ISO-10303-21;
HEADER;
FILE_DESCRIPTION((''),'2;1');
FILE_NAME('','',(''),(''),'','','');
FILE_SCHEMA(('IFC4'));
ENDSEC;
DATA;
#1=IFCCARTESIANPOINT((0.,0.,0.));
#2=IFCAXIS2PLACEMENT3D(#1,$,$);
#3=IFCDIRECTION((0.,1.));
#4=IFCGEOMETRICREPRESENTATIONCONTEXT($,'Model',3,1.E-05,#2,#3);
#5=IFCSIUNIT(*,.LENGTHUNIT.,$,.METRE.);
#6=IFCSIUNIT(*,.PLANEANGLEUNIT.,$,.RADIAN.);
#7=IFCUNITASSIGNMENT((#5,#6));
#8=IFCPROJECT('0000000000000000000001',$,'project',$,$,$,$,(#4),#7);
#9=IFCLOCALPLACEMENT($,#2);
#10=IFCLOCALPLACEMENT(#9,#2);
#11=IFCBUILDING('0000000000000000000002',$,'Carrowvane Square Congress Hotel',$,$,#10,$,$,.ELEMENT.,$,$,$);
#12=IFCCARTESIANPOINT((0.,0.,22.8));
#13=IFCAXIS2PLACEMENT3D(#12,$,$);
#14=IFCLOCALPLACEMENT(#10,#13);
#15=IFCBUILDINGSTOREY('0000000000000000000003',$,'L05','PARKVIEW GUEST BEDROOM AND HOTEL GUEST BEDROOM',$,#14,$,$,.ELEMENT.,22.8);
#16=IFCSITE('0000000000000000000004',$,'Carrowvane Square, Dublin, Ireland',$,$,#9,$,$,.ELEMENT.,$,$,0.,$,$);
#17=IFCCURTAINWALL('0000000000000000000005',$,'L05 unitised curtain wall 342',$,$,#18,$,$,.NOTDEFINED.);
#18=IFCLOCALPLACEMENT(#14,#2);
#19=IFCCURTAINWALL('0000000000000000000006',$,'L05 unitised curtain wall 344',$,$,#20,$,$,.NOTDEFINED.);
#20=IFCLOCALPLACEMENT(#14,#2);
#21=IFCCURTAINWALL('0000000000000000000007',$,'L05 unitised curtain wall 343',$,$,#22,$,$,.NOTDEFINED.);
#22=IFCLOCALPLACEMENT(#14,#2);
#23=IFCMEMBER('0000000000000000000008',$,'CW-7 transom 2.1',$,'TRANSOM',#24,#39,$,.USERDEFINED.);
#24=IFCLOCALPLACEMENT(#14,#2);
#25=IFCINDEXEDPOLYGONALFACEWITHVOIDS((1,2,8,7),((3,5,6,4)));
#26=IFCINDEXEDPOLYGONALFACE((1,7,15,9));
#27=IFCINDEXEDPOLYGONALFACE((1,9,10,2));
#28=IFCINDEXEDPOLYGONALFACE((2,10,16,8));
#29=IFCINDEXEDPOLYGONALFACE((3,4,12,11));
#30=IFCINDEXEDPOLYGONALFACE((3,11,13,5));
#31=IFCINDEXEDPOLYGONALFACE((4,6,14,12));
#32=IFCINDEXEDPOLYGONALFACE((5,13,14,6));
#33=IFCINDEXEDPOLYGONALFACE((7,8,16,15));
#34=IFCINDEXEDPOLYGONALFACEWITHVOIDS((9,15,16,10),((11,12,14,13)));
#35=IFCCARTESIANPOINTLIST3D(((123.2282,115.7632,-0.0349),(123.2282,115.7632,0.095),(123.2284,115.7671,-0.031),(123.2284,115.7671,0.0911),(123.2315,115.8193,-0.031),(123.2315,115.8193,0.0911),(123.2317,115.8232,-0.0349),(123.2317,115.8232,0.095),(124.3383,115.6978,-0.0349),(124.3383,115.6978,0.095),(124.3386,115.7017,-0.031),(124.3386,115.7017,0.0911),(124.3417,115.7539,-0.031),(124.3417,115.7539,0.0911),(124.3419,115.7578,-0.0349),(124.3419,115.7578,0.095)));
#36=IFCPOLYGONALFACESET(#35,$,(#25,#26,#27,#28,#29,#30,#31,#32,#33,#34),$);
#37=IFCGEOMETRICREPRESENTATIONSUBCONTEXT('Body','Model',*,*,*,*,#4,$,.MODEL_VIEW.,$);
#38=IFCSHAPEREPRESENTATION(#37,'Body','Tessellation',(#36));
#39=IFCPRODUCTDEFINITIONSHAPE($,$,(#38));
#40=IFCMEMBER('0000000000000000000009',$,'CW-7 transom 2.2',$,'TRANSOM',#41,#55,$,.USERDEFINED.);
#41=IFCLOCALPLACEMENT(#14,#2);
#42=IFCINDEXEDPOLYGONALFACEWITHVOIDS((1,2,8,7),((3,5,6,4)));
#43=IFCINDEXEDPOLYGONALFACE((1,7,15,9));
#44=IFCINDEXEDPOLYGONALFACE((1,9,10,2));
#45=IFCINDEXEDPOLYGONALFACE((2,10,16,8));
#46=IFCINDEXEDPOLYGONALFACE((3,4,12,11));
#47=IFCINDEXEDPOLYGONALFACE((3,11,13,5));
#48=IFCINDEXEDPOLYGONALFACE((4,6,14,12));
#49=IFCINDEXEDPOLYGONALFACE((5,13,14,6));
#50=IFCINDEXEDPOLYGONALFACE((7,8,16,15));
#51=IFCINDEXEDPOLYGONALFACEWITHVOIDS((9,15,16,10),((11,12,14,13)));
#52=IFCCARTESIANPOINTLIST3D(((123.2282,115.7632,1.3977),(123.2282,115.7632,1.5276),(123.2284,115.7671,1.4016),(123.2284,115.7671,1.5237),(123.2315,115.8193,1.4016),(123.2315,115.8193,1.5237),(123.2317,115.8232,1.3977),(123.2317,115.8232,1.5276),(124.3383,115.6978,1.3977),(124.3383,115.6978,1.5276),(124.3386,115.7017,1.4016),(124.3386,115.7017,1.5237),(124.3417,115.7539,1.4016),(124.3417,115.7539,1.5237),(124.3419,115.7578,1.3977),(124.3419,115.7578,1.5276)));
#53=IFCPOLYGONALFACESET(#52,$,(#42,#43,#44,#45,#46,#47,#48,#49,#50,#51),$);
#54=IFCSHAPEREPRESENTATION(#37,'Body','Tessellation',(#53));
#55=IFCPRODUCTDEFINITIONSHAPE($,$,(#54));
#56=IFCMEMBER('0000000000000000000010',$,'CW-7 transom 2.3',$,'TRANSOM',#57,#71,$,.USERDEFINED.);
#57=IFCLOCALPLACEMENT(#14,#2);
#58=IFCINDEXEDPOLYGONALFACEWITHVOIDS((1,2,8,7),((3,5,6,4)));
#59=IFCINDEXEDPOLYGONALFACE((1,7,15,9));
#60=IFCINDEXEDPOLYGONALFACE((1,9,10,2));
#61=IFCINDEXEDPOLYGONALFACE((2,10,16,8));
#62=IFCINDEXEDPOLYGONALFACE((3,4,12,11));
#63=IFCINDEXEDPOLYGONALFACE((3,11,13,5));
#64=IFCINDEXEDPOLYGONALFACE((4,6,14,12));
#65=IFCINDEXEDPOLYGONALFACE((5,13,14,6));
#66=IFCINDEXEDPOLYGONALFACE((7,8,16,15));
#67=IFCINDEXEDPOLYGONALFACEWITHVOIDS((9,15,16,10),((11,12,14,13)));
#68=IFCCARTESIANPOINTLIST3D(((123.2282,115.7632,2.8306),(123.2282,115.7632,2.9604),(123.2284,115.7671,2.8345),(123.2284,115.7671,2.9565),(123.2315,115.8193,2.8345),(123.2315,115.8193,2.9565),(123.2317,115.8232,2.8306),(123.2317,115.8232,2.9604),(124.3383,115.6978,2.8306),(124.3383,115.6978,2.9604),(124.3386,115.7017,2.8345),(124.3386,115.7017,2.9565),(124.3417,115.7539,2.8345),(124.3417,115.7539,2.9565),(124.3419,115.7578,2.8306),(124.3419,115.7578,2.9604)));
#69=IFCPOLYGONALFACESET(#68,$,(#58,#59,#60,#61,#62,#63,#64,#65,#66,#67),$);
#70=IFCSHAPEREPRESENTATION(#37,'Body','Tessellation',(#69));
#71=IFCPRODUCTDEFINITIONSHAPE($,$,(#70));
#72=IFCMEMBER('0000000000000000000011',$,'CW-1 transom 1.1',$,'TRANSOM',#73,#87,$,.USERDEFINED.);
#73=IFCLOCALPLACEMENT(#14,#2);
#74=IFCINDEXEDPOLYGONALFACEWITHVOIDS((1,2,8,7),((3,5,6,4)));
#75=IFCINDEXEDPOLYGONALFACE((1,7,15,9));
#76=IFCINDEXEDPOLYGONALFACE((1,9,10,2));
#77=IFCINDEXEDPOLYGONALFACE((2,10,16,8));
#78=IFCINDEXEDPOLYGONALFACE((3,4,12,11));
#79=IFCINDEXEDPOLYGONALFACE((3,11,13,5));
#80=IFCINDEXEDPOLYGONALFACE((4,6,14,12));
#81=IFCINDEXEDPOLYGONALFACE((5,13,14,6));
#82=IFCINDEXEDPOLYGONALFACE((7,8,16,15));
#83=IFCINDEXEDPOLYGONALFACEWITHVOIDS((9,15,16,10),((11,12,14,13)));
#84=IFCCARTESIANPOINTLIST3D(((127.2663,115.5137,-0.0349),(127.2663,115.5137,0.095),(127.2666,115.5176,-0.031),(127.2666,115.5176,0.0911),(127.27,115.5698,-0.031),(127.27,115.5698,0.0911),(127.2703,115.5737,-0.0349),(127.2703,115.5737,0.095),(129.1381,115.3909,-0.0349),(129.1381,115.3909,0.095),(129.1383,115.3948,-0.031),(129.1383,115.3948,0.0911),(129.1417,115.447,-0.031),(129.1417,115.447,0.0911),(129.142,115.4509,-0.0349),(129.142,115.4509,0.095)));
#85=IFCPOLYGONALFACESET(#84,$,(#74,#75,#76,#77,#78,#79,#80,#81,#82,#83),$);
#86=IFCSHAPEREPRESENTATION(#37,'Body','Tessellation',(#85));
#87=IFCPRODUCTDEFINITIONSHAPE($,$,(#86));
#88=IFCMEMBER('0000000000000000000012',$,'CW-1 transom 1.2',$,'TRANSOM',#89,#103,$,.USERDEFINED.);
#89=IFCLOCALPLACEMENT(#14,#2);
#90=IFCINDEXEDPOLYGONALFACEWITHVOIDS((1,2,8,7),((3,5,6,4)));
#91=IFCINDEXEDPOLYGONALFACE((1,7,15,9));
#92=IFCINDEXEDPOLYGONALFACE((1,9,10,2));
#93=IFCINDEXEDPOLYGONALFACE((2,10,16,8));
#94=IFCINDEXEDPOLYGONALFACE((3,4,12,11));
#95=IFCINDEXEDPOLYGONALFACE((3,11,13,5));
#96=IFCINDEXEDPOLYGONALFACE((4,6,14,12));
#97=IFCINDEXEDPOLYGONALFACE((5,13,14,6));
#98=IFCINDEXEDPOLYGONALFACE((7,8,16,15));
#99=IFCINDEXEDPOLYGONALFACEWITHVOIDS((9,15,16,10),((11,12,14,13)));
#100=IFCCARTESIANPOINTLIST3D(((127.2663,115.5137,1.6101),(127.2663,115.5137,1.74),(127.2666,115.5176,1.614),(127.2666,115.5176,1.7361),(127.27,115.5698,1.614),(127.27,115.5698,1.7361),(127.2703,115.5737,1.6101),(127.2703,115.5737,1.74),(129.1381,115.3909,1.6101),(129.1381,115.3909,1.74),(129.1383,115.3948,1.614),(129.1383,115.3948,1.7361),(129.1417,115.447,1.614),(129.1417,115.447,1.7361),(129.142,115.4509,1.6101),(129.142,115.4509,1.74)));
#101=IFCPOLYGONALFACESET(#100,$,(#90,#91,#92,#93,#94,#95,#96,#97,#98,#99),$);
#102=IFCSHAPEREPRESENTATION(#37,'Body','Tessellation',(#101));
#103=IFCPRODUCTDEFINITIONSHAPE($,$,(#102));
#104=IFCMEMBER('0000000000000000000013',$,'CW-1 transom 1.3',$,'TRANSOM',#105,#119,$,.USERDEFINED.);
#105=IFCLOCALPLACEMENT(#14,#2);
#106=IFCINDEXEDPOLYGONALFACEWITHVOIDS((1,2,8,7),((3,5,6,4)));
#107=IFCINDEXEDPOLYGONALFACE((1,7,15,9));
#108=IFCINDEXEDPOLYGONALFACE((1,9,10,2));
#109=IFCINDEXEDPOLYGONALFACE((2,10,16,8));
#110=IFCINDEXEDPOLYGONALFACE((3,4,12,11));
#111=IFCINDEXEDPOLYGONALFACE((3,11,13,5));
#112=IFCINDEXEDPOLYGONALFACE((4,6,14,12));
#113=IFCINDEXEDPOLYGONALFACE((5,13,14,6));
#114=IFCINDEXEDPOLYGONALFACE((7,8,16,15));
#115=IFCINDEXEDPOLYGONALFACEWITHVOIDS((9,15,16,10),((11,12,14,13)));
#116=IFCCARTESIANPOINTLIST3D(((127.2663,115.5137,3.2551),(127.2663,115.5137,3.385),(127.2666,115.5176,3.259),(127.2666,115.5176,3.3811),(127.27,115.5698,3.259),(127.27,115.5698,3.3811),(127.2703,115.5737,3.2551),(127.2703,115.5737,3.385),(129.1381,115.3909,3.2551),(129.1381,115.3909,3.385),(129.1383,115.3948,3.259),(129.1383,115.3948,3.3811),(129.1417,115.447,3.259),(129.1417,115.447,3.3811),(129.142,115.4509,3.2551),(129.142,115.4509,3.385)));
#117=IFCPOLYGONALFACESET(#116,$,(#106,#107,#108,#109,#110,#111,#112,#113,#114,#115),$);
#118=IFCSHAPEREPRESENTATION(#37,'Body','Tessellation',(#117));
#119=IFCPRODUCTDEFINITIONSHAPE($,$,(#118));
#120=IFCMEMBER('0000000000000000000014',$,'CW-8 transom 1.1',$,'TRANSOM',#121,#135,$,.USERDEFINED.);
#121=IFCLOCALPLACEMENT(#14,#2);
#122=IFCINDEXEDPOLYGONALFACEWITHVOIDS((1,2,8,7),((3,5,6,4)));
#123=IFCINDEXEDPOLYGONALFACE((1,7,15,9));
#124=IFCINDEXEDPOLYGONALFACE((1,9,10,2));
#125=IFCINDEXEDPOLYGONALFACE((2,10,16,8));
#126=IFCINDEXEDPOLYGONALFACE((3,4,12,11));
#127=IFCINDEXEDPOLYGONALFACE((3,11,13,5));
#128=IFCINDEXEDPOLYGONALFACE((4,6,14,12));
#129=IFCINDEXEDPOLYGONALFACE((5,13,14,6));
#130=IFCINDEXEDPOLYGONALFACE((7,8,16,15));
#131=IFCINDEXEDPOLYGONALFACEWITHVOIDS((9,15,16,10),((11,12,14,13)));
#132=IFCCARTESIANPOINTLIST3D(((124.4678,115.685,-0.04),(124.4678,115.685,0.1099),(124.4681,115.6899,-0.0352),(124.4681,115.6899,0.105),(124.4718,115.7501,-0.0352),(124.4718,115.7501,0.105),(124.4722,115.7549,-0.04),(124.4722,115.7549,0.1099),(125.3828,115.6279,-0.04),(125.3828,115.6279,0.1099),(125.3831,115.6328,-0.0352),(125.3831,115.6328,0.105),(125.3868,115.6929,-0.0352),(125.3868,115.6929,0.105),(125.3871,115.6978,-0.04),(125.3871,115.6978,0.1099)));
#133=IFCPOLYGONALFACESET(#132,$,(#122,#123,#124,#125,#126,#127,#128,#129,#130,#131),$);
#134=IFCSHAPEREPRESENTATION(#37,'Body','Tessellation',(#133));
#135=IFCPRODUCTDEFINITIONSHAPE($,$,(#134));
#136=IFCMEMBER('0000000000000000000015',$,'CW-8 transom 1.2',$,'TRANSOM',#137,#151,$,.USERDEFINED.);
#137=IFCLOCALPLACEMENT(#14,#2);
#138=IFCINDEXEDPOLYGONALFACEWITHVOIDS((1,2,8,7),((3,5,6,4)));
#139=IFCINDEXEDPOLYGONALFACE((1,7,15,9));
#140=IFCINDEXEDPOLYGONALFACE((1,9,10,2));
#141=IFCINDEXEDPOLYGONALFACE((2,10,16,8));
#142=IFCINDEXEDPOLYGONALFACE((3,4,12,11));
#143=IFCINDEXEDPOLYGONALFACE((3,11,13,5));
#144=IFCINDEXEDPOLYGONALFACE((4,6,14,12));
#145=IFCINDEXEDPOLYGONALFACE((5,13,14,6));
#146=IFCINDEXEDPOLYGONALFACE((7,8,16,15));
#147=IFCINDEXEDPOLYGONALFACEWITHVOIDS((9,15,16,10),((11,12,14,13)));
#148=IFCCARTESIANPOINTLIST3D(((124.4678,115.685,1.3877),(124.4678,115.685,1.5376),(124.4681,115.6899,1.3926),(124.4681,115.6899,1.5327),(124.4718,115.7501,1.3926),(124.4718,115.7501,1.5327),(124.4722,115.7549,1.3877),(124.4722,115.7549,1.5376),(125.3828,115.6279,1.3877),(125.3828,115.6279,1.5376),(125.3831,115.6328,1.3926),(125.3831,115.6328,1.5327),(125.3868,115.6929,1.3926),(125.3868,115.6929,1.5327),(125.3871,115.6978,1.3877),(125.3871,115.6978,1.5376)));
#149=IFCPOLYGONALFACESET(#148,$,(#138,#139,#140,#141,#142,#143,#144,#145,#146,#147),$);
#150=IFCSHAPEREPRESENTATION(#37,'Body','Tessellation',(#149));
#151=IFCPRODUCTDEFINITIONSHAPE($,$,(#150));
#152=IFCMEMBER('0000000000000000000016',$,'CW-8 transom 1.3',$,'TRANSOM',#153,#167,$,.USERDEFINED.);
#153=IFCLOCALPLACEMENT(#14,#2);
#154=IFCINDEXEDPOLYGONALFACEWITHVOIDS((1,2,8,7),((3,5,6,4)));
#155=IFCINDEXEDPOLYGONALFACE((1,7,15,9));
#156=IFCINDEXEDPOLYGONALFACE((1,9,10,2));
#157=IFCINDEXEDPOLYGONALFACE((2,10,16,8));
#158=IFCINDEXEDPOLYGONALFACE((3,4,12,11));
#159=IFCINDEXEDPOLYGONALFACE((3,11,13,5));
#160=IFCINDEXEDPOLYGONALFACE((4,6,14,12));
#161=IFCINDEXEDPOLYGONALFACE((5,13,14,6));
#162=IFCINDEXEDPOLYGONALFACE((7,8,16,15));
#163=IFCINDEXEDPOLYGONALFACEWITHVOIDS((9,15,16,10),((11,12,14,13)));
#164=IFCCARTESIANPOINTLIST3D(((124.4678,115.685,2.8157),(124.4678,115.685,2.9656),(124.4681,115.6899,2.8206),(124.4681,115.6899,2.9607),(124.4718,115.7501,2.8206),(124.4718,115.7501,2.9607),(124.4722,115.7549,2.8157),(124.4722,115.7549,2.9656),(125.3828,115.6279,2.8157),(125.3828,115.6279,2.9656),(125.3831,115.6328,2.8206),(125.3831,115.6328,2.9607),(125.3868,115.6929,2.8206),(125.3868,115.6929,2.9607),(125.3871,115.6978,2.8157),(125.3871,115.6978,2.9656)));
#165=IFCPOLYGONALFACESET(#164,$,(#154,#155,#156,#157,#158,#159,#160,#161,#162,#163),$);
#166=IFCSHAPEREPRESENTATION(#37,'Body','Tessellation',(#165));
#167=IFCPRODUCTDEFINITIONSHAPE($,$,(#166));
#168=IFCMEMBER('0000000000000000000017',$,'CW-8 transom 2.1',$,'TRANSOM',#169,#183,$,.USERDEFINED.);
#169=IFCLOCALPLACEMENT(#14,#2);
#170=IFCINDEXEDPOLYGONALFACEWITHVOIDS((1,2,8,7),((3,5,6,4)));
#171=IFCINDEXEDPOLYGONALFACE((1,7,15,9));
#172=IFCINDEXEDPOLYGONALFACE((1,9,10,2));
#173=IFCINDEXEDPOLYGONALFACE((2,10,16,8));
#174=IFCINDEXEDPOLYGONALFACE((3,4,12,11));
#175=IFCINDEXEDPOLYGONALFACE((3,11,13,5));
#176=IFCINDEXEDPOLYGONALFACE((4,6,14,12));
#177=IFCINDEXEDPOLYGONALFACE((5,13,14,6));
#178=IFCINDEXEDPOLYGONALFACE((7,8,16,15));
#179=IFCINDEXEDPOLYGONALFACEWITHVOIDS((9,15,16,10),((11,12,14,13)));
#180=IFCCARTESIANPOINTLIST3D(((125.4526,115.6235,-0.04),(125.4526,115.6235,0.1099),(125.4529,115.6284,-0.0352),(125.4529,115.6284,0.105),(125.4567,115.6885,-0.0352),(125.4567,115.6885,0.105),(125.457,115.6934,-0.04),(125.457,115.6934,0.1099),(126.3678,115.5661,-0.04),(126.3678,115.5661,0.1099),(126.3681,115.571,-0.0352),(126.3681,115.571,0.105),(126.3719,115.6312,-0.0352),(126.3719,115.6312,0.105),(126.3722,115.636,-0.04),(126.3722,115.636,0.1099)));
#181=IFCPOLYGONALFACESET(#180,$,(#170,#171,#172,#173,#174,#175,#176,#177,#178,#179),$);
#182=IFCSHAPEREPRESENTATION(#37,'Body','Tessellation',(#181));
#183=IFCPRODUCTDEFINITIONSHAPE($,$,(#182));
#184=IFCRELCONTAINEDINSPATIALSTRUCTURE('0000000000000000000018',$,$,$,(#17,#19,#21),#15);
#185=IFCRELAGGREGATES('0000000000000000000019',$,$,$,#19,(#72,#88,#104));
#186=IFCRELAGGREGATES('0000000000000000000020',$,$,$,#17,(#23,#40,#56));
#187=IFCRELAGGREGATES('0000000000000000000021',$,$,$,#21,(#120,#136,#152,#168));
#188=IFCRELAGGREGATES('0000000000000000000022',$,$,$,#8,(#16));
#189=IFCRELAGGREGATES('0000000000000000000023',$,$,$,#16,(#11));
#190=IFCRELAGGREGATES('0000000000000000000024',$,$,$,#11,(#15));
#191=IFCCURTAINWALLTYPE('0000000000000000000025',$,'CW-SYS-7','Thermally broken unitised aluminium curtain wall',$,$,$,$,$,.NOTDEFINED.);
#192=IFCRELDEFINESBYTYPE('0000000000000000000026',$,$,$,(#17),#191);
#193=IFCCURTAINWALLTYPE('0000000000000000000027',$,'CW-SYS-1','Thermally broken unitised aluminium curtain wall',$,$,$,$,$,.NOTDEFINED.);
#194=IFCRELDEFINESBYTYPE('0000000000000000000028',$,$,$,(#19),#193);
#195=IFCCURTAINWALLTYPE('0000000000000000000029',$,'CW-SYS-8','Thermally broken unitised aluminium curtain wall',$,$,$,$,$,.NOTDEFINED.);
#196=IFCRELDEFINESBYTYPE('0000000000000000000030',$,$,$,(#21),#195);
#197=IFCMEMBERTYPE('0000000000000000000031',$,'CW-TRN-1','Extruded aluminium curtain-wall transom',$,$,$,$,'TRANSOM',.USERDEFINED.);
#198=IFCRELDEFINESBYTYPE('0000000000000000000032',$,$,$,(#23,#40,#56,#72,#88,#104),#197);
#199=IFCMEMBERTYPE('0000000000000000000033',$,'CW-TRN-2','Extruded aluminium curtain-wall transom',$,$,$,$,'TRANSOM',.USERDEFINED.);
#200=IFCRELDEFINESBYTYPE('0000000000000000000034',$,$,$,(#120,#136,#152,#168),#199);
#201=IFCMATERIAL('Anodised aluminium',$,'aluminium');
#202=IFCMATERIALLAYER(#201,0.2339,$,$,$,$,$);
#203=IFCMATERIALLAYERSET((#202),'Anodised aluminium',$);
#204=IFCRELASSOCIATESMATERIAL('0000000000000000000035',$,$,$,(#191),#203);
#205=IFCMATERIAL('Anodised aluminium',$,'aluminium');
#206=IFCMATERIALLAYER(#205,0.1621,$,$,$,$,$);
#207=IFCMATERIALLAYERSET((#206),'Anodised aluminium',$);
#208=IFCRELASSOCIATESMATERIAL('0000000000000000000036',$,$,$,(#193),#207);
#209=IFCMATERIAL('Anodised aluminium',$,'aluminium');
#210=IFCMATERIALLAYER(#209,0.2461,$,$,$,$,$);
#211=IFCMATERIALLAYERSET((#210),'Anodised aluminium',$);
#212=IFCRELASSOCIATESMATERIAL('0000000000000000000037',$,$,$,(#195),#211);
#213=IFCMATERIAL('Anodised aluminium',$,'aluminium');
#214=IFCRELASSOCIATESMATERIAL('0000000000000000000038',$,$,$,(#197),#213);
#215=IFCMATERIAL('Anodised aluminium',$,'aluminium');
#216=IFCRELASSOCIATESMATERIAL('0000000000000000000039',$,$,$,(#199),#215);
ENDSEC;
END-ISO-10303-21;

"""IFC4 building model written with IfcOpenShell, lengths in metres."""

from ifc_helpers import new_model, si_unit, direction, frame, origin, origin_2d, place, context, subcontext, project, spatial, hollow_rectangle, extrude, material, layer, layer_set, material_profile, profile_set, type_object, element, aggregate, save


model = new_model("IFC4")

# Units and contexts
model_context = context("Model", 3, precision=1e-05, world=origin(), true_north=direction((0.0, 1.0)))
body_context = subcontext(model_context, "Body", "Model", "MODEL_VIEW")
ifc_project = project(units=[si_unit("LENGTHUNIT", "METRE"), si_unit("PLANEANGLEUNIT", "RADIAN")], contexts=[model_context])

# Site, building, storey
site_placement = place(None, origin())
site = spatial("IfcSite", under=ifc_project, at=site_placement, Name="Carrowvane Square, Dublin, Ireland", CompositionType="ELEMENT", RefElevation=0.0)
building_placement = place(site_placement, origin())
building = spatial("IfcBuilding", under=site, at=building_placement, Name="Carrowvane Square Congress Hotel", CompositionType="ELEMENT")
storey_placement = place(building_placement, frame((0.0, 0.0, 22.8)))
storey = spatial("IfcBuildingStorey", under=building, at=storey_placement, Name="L05", Description="PARKVIEW GUEST BEDROOM AND HOTEL GUEST BEDROOM", CompositionType="ELEMENT", Elevation=22.8)

# Curtain wall
ifc_material_1 = material(Name="Anodised aluminium", Category="aluminium")
ifc_layer_1 = layer(ifc_material_1, 0.2339)
ifc_layer_set_1 = layer_set([ifc_layer_1], Name="Anodised aluminium")
curtain_wall_type_1 = type_object("IfcCurtainWallType", Name="CW-SYS-7", Description="Thermally broken unitised aluminium curtain wall", PredefinedType="NOTDEFINED", material=ifc_layer_set_1)
curtain_wall_1_placement = place(storey_placement, origin())
curtain_wall_1 = element("IfcCurtainWall", 1, at=curtain_wall_1_placement, inside=storey, type_object=curtain_wall_type_1, Name="L05 unitised curtain wall 342", PredefinedType="NOTDEFINED")

# Curtain wall
ifc_material_2 = material(Name="Anodised aluminium", Category="aluminium")
ifc_layer_2 = layer(ifc_material_2, 0.1621)
ifc_layer_set_2 = layer_set([ifc_layer_2], Name="Anodised aluminium")
curtain_wall_type_2 = type_object("IfcCurtainWallType", Name="CW-SYS-1", Description="Thermally broken unitised aluminium curtain wall", PredefinedType="NOTDEFINED", material=ifc_layer_set_2)
curtain_wall_2_placement = place(storey_placement, origin())
curtain_wall_2 = element("IfcCurtainWall", 2, at=curtain_wall_2_placement, inside=storey, type_object=curtain_wall_type_2, Name="L05 unitised curtain wall 344", PredefinedType="NOTDEFINED")

# Curtain wall
ifc_material_3 = material(Name="Anodised aluminium", Category="aluminium")
ifc_layer_3 = layer(ifc_material_3, 0.2461)
ifc_layer_set_3 = layer_set([ifc_layer_3], Name="Anodised aluminium")
curtain_wall_type_3 = type_object("IfcCurtainWallType", Name="CW-SYS-8", Description="Thermally broken unitised aluminium curtain wall", PredefinedType="NOTDEFINED", material=ifc_layer_set_3)
curtain_wall_3_placement = place(storey_placement, origin())
curtain_wall_3 = element("IfcCurtainWall", 3, at=curtain_wall_3_placement, inside=storey, type_object=curtain_wall_type_3, Name="L05 unitised curtain wall 343", PredefinedType="NOTDEFINED")

# Members
ifc_material_4 = material(Name="Anodised aluminium", Category="aluminium")
ifc_material_profile_1 = material_profile(ifc_material_4, hollow_rectangle(XDim=0.0601, YDim=0.1299, WallThickness=0.0039, at=origin_2d()), Name="CW-TR 60x130x4")
ifc_profile_set_1 = profile_set([ifc_material_profile_1], Name="Anodised aluminium")
member_type_1 = type_object("IfcMemberType", Name="CW-TRN-1", Description="Extruded aluminium curtain-wall transom", ElementType="TRANSOM", PredefinedType="USERDEFINED", material=ifc_profile_set_1)
member_1_placement = place(storey_placement, frame((123.23, 115.7932, 0.03), z_axis=(0.998268, -0.058838, 0.0), x_axis=(0.058838, 0.998268, 0.0)))
member_1 = element("IfcMember", 4, at=member_1_placement, type_object=member_type_1, Name="CW-7 transom 2.1", ObjectType="TRANSOM", PredefinedType="USERDEFINED", context=body_context, shape_type="SweptSolid", body=[
    extrude(hollow_rectangle(XDim=0.0601, YDim=0.1299, WallThickness=0.0039, at=origin_2d()), origin(), (0.0, 0.0, 1.0), 1.1121),
])
member_2_placement = place(storey_placement, frame((123.23, 115.7932, 1.4626), z_axis=(0.998268, -0.058838, 0.0), x_axis=(0.058838, 0.998268, 0.0)))
member_2 = element("IfcMember", 5, at=member_2_placement, type_object=member_type_1, Name="CW-7 transom 2.2", ObjectType="TRANSOM", PredefinedType="USERDEFINED", context=body_context, shape_type="SweptSolid", body=[
    extrude(hollow_rectangle(XDim=0.0601, YDim=0.1299, WallThickness=0.0039, at=origin_2d()), origin(), (0.0, 0.0, 1.0), 1.1121),
])
member_3_placement = place(storey_placement, frame((123.23, 115.7932, 2.8955), z_axis=(0.998268, -0.058838, 0.0), x_axis=(0.058838, 0.998268, 0.0)))
member_3 = element("IfcMember", 6, at=member_3_placement, type_object=member_type_1, Name="CW-7 transom 2.3", ObjectType="TRANSOM", PredefinedType="USERDEFINED", context=body_context, shape_type="SweptSolid", body=[
    extrude(hollow_rectangle(XDim=0.0601, YDim=0.1299, WallThickness=0.0039, at=origin_2d()), origin(), (0.0, 0.0, 1.0), 1.1121),
])
member_4_placement = place(storey_placement, frame((127.2683, 115.5437, 0.03), z_axis=(0.997855, -0.065465, 0.0), x_axis=(0.065465, 0.997855, 0.0)))
member_4 = element("IfcMember", 7, at=member_4_placement, type_object=member_type_1, Name="CW-1 transom 1.1", ObjectType="TRANSOM", PredefinedType="USERDEFINED", context=body_context, shape_type="SweptSolid", body=[
    extrude(hollow_rectangle(XDim=0.0601, YDim=0.1299, WallThickness=0.0039, at=origin_2d()), origin(), (0.0, 0.0, 1.0), 1.8757),
])
member_5_placement = place(storey_placement, frame((127.2683, 115.5437, 1.675), z_axis=(0.997855, -0.065465, 0.0), x_axis=(0.065465, 0.997855, 0.0)))
member_5 = element("IfcMember", 8, at=member_5_placement, type_object=member_type_1, Name="CW-1 transom 1.2", ObjectType="TRANSOM", PredefinedType="USERDEFINED", context=body_context, shape_type="SweptSolid", body=[
    extrude(hollow_rectangle(XDim=0.0601, YDim=0.1299, WallThickness=0.0039, at=origin_2d()), origin(), (0.0, 0.0, 1.0), 1.8757),
])
member_6_placement = place(storey_placement, frame((127.2683, 115.5437, 3.3201), z_axis=(0.997855, -0.065465, 0.0), x_axis=(0.065465, 0.997855, 0.0)))
member_6 = element("IfcMember", 9, at=member_6_placement, type_object=member_type_1, Name="CW-1 transom 1.3", ObjectType="TRANSOM", PredefinedType="USERDEFINED", context=body_context, shape_type="SweptSolid", body=[
    extrude(hollow_rectangle(XDim=0.0601, YDim=0.1299, WallThickness=0.0039, at=origin_2d()), origin(), (0.0, 0.0, 1.0), 1.8757),
])
aggregate(curtain_wall_2, [member_4, member_5, member_6])
ifc_material_5 = material(Name="Anodised aluminium", Category="aluminium")
ifc_material_profile_2 = material_profile(ifc_material_5, hollow_rectangle(XDim=0.0701, YDim=0.1499, WallThickness=0.0049, at=origin_2d()), Name="CW-TR 70x150x5")
ifc_profile_set_2 = profile_set([ifc_material_profile_2], Name="Anodised aluminium")
member_type_2 = type_object("IfcMemberType", Name="CW-TRN-2", Description="Extruded aluminium curtain-wall transom", ElementType="TRANSOM", PredefinedType="USERDEFINED", material=ifc_profile_set_2)
member_7_placement = place(storey_placement, frame((124.47, 115.72, 0.0349), z_axis=(0.998057, -0.062312, 0.0), x_axis=(0.062312, 0.998057, 0.0)))
member_7 = element("IfcMember", 10, at=member_7_placement, type_object=member_type_2, Name="CW-8 transom 1.1", ObjectType="TRANSOM", PredefinedType="USERDEFINED", context=body_context, shape_type="SweptSolid", body=[
    extrude(hollow_rectangle(XDim=0.0701, YDim=0.1499, WallThickness=0.0049, at=origin_2d()), origin(), (0.0, 0.0, 1.0), 0.9167),
])
member_8_placement = place(storey_placement, frame((124.47, 115.72, 1.4626), z_axis=(0.998057, -0.062312, 0.0), x_axis=(0.062312, 0.998057, 0.0)))
member_8 = element("IfcMember", 11, at=member_8_placement, type_object=member_type_2, Name="CW-8 transom 1.2", ObjectType="TRANSOM", PredefinedType="USERDEFINED", context=body_context, shape_type="SweptSolid", body=[
    extrude(hollow_rectangle(XDim=0.0701, YDim=0.1499, WallThickness=0.0049, at=origin_2d()), origin(), (0.0, 0.0, 1.0), 0.9167),
])
member_9_placement = place(storey_placement, frame((124.47, 115.72, 2.8906), z_axis=(0.998057, -0.062312, 0.0), x_axis=(0.062312, 0.998057, 0.0)))
member_9 = element("IfcMember", 12, at=member_9_placement, type_object=member_type_2, Name="CW-8 transom 1.3", ObjectType="TRANSOM", PredefinedType="USERDEFINED", context=body_context, shape_type="SweptSolid", body=[
    extrude(hollow_rectangle(XDim=0.0701, YDim=0.1499, WallThickness=0.0049, at=origin_2d()), origin(), (0.0, 0.0, 1.0), 0.9167),
])
member_10_placement = place(storey_placement, frame((125.4548, 115.6584, 0.0349), z_axis=(0.998041, -0.062561, 0.0), x_axis=(0.062561, 0.998041, 0.0)))
member_10 = element("IfcMember", 13, at=member_10_placement, type_object=member_type_2, Name="CW-8 transom 2.1", ObjectType="TRANSOM", PredefinedType="USERDEFINED", context=body_context, shape_type="SweptSolid", body=[
    extrude(hollow_rectangle(XDim=0.0701, YDim=0.1499, WallThickness=0.0049, at=origin_2d()), origin(), (0.0, 0.0, 1.0), 0.917),
])

aggregate(curtain_wall_1, [member_1, member_2, member_3])
aggregate(curtain_wall_3, [member_7, member_8, member_9, member_10])

save(model, "model.ifc")
